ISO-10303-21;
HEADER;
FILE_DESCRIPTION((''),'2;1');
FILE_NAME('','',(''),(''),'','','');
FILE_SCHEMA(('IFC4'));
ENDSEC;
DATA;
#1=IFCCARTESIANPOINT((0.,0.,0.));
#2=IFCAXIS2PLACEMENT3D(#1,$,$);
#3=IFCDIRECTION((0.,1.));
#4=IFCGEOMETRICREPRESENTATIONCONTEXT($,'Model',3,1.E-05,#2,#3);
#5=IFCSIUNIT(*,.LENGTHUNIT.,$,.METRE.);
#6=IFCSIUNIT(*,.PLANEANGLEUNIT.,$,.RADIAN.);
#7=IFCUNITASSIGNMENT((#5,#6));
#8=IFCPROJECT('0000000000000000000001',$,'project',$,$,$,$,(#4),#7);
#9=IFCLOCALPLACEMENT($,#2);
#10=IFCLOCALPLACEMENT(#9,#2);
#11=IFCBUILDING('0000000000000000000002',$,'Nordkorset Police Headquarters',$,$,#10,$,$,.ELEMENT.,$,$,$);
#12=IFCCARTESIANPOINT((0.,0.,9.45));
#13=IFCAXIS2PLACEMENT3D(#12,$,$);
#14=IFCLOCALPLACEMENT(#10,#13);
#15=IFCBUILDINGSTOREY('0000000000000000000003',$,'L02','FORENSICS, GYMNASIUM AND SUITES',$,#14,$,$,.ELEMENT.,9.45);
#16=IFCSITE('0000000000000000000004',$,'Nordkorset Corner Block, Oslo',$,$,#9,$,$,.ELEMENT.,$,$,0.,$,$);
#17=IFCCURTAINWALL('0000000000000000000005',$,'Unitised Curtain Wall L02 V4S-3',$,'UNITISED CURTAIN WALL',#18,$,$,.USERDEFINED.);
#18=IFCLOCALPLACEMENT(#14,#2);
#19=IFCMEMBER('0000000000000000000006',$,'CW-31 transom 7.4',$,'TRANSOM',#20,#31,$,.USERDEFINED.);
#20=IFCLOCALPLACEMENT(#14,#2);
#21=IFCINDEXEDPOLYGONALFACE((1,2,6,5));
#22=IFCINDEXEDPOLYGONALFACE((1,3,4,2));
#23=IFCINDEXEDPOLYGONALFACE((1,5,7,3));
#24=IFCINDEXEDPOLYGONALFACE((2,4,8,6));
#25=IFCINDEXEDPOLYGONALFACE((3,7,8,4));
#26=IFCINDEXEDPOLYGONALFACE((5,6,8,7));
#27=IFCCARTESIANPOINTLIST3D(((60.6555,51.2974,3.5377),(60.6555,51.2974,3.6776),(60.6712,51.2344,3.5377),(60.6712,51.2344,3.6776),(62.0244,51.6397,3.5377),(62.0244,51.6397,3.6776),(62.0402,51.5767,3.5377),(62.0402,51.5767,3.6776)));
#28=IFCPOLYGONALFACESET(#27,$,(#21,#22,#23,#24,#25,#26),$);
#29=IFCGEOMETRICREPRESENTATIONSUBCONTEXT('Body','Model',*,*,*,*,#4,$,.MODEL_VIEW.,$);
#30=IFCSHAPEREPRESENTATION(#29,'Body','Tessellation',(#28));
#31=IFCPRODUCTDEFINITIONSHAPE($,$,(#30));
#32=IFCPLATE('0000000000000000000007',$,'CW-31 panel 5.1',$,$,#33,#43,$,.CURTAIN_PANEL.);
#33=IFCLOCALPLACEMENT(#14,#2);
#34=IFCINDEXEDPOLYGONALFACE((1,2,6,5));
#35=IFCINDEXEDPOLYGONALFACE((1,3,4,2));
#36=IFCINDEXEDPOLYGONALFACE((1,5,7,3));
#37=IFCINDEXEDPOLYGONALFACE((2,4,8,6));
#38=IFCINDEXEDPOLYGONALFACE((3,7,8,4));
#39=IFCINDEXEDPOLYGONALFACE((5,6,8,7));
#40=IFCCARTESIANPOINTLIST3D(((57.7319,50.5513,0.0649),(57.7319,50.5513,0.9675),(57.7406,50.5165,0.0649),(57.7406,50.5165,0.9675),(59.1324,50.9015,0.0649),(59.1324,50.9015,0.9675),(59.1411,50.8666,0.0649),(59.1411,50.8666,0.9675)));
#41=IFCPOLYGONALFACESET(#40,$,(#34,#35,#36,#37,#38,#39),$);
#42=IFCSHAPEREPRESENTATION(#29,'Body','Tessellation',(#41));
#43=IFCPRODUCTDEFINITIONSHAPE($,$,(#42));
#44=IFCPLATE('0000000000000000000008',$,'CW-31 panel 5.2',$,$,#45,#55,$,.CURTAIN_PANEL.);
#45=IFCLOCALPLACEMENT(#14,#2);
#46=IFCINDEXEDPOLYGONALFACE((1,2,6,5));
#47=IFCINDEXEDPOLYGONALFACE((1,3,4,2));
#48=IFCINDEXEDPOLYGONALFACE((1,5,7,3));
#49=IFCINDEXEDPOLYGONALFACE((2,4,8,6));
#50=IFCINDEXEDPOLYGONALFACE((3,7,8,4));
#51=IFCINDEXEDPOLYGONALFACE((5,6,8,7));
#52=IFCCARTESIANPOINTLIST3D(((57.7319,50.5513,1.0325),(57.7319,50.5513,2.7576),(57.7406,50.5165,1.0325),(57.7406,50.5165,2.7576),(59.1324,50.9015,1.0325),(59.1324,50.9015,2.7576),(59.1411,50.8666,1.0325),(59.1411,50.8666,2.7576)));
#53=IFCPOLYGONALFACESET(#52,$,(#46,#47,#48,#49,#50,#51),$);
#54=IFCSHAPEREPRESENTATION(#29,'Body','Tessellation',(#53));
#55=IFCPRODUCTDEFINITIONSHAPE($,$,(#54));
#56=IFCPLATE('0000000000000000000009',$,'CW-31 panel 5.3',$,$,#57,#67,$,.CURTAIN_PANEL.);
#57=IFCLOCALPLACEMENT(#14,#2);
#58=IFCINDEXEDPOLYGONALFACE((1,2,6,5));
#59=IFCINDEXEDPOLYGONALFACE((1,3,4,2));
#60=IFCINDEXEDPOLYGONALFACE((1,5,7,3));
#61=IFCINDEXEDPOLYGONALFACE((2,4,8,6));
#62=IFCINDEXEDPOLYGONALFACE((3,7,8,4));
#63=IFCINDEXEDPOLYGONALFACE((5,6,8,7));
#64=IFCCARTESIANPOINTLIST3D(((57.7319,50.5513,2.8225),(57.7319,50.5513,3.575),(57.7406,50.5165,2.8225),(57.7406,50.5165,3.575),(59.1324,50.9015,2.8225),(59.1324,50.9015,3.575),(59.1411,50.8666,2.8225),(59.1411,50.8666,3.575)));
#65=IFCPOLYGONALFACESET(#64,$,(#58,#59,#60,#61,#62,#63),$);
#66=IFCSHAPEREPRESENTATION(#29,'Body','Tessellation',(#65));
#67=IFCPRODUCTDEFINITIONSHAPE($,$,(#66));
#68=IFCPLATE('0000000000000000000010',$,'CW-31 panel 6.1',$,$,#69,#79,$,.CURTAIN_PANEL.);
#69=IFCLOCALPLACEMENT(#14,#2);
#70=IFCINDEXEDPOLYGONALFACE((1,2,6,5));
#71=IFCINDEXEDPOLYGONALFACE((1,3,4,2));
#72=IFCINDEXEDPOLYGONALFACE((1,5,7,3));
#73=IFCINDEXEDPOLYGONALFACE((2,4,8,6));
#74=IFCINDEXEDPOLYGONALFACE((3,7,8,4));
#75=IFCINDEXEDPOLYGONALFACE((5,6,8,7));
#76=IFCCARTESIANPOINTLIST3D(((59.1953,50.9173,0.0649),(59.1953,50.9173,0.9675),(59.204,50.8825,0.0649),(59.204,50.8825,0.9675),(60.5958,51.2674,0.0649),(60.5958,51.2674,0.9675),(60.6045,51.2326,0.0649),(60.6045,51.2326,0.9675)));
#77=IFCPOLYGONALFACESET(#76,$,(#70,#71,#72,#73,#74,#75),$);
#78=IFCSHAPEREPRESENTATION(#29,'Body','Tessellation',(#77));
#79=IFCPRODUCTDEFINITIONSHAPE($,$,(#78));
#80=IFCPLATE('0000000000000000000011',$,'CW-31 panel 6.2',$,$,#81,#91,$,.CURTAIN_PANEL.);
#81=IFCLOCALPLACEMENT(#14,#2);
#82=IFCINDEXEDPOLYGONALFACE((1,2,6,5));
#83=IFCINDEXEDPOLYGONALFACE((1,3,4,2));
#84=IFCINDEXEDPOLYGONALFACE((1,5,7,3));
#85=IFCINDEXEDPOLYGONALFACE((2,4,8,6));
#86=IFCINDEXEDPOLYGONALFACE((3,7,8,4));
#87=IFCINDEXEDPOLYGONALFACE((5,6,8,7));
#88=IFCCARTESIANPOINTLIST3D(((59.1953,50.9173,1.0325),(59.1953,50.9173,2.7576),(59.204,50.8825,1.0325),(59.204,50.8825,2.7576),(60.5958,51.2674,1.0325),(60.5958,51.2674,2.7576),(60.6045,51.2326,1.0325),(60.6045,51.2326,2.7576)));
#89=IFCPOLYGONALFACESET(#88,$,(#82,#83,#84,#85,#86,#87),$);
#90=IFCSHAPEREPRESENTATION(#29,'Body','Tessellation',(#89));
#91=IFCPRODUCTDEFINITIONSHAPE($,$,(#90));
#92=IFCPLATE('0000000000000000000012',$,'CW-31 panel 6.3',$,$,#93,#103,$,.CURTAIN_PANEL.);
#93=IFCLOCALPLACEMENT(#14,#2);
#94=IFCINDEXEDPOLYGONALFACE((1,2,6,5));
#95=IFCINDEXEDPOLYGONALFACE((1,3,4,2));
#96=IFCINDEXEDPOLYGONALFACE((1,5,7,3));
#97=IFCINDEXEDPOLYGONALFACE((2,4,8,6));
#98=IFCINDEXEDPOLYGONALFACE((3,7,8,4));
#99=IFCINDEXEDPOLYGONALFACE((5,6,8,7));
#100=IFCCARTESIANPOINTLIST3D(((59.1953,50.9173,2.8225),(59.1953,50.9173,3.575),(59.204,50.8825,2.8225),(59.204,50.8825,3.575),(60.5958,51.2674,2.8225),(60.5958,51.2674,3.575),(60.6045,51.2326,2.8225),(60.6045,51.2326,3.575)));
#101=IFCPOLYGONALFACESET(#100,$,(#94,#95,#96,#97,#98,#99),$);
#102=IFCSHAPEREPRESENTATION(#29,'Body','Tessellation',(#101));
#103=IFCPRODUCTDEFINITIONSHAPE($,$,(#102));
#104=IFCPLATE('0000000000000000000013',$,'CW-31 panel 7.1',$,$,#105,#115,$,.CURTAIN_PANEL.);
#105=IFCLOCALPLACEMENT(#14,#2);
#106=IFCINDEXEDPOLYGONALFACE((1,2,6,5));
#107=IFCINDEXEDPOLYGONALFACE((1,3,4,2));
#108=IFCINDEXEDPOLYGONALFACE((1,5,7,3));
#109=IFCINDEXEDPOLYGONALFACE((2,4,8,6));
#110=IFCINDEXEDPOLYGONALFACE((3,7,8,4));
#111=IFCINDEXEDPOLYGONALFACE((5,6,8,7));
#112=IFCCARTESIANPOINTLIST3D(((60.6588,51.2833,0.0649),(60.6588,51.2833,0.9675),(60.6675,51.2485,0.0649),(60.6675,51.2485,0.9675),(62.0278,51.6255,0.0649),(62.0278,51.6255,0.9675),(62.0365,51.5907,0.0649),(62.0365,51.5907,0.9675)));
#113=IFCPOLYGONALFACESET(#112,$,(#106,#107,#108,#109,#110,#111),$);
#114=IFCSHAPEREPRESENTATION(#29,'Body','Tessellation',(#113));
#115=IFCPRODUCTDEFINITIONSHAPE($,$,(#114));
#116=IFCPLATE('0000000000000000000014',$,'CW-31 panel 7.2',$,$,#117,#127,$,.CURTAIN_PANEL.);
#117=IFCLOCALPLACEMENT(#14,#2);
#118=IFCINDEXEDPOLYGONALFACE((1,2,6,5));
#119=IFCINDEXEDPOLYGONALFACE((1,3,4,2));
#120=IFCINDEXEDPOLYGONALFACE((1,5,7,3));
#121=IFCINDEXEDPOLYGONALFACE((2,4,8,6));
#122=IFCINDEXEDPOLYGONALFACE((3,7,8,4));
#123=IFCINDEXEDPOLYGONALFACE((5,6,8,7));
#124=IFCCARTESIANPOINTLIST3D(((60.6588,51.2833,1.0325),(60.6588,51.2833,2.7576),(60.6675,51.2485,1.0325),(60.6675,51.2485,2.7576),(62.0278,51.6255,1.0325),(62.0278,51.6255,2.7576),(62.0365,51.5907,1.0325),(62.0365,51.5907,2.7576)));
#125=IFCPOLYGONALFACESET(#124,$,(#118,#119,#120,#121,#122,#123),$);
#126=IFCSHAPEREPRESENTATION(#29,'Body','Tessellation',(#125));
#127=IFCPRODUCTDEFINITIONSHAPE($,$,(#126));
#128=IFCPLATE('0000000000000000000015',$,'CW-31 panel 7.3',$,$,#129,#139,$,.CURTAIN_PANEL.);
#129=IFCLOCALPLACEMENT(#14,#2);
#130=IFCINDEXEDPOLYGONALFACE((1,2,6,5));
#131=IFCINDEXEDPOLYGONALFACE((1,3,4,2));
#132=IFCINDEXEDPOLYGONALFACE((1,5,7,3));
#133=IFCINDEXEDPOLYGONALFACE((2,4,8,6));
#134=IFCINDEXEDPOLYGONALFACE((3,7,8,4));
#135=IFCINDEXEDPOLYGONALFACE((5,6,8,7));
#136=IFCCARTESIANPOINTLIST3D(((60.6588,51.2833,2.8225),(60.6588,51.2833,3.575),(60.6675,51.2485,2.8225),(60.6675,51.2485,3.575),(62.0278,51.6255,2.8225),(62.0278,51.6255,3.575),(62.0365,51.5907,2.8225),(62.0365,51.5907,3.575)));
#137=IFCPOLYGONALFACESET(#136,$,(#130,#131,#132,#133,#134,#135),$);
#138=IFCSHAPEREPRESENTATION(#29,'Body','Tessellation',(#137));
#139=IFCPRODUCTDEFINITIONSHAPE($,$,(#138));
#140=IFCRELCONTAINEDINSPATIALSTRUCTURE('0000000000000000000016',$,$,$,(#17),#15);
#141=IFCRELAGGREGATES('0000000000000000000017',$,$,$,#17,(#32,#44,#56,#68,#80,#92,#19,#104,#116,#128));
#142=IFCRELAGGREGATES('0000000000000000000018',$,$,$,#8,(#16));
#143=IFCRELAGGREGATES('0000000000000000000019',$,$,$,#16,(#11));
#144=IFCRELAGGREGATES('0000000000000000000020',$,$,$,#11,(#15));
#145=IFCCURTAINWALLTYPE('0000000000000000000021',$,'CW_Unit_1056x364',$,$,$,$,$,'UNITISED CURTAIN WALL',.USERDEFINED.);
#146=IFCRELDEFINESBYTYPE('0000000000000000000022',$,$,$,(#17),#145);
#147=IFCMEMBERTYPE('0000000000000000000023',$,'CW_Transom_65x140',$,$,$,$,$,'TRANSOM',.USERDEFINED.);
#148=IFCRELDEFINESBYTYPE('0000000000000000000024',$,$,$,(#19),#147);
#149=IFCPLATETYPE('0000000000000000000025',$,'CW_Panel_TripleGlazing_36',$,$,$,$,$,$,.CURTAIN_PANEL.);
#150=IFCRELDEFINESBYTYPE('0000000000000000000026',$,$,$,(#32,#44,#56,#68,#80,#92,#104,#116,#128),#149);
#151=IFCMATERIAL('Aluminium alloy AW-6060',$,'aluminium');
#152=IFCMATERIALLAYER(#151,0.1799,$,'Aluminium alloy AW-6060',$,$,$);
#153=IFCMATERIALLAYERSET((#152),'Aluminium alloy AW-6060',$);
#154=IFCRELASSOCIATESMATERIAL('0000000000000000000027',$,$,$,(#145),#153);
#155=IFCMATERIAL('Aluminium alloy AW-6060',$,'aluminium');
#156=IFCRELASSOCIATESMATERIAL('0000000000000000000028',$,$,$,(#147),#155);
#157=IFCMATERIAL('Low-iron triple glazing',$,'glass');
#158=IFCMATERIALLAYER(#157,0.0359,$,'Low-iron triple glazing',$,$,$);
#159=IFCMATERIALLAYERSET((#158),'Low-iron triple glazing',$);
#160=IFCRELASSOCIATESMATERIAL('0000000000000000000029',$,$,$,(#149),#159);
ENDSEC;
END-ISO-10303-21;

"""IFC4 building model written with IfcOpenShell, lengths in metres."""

from ifc_helpers import new_model, si_unit, direction, frame, origin, origin_2d, place, context, subcontext, project, spatial, rectangle, extrude, material, layer, layer_set, material_profile, profile_set, type_object, element, aggregate, save


model = new_model("IFC4")

# Units and contexts
model_context = context("Model", 3, precision=1e-05, world=origin(), true_north=direction((0.0, 1.0)))
body_context = subcontext(model_context, "Body", "Model", "MODEL_VIEW")
ifc_project = project(units=[si_unit("LENGTHUNIT", "METRE"), si_unit("PLANEANGLEUNIT", "RADIAN")], contexts=[model_context])

# Site, building, storey
site_placement = place(None, origin())
site = spatial("IfcSite", under=ifc_project, at=site_placement, Name="Nordkorset Corner Block, Oslo", CompositionType="ELEMENT", RefElevation=0.0)
building_placement = place(site_placement, origin())
building = spatial("IfcBuilding", under=site, at=building_placement, Name="Nordkorset Police Headquarters", CompositionType="ELEMENT")
storey_placement = place(building_placement, frame((0.0, 0.0, 9.45)))
storey = spatial("IfcBuildingStorey", under=building, at=storey_placement, Name="L02", Description="FORENSICS, GYMNASIUM AND SUITES", CompositionType="ELEMENT", Elevation=9.45)

# Curtain wall, member, plates
ifc_material_1 = material(Name="Aluminium alloy AW-6060", Category="aluminium")
ifc_layer_1 = layer(ifc_material_1, 0.1799, Name="Aluminium alloy AW-6060")
ifc_layer_set_1 = layer_set([ifc_layer_1], Name="Aluminium alloy AW-6060")
curtain_wall_type = type_object("IfcCurtainWallType", Name="CW_Unit_1056x364", ElementType="UNITISED CURTAIN WALL", PredefinedType="USERDEFINED", material=ifc_layer_set_1)
curtain_wall_placement = place(storey_placement, origin())
curtain_wall = element("IfcCurtainWall", 1, at=curtain_wall_placement, inside=storey, type_object=curtain_wall_type, Name="Unitised Curtain Wall L02 V4S-3", ObjectType="UNITISED CURTAIN WALL", PredefinedType="USERDEFINED")
ifc_material_2 = material(Name="Aluminium alloy AW-6060", Category="aluminium")
ifc_material_profile_1 = material_profile(ifc_material_2, rectangle(XDim=0.0649, YDim=0.1399, at=origin_2d()), Name="ALU TRAN 65x140")
ifc_profile_set_1 = profile_set([ifc_material_profile_1], Name="Aluminium alloy AW-6060")
member_type_1 = type_object("IfcMemberType", Name="CW_Transom_65x140", ElementType="TRANSOM", PredefinedType="USERDEFINED", material=ifc_profile_set_1)
member_1_placement = place(storey_placement, frame((60.6633, 51.2659, 3.6077), z_axis=(0.970132, 0.242576, 0.0), x_axis=(-0.242576, 0.970132, 0.0)))
member_1 = element("IfcMember", 2, at=member_1_placement, type_object=member_type_1, Name="CW-31 transom 7.4", ObjectType="TRANSOM", PredefinedType="USERDEFINED", context=body_context, shape_type="SweptSolid", body=[
    extrude(rectangle(XDim=0.0649, YDim=0.1399, at=origin_2d()), origin(), (0.0, 0.0, 1.0), 1.4111),
])
ifc_material_3 = material(Name="Low-iron triple glazing", Category="glass")
ifc_layer_2 = layer(ifc_material_3, 0.0359, Name="Low-iron triple glazing")
ifc_layer_set_2 = layer_set([ifc_layer_2], Name="Low-iron triple glazing")
plate_type = type_object("IfcPlateType", Name="CW_Panel_TripleGlazing_36", PredefinedType="CURTAIN_PANEL", material=ifc_layer_set_2)
plate_1_placement = place(storey_placement, frame((58.4365, 50.709, 0.0649), z_axis=(0.0, 0.0, 1.0), x_axis=(0.970143, 0.242535, 0.0)))
plate_1 = element("IfcPlate", 3, at=plate_1_placement, type_object=plate_type, Name="CW-31 panel 5.1", PredefinedType="CURTAIN_PANEL", context=body_context, shape_type="SweptSolid", body=[
    extrude(rectangle(XDim=1.4436, YDim=0.0359, at=origin_2d()), origin(), (0.0, 0.0, 1.0), 0.9026),
])
plate_2_placement = place(storey_placement, frame((58.4365, 50.709, 1.0325), z_axis=(0.0, 0.0, 1.0), x_axis=(0.970143, 0.242535, 0.0)))
plate_2 = element("IfcPlate", 4, at=plate_2_placement, type_object=plate_type, Name="CW-31 panel 5.2", PredefinedType="CURTAIN_PANEL", context=body_context, shape_type="SweptSolid", body=[
    extrude(rectangle(XDim=1.4436, YDim=0.0359, at=origin_2d()), origin(), (0.0, 0.0, 1.0), 1.7251),
])
plate_3_placement = place(storey_placement, frame((58.4365, 50.709, 2.8225), z_axis=(0.0, 0.0, 1.0), x_axis=(0.970143, 0.242535, 0.0)))
plate_3 = element("IfcPlate", 5, at=plate_3_placement, type_object=plate_type, Name="CW-31 panel 5.3", PredefinedType="CURTAIN_PANEL", context=body_context, shape_type="SweptSolid", body=[
    extrude(rectangle(XDim=1.4436, YDim=0.0359, at=origin_2d()), origin(), (0.0, 0.0, 1.0), 0.7524),
])
plate_4_placement = place(storey_placement, frame((59.8999, 51.075, 0.0649), z_axis=(0.0, 0.0, 1.0), x_axis=(0.970143, 0.242535, 0.0)))
plate_4 = element("IfcPlate", 6, at=plate_4_placement, type_object=plate_type, Name="CW-31 panel 6.1", PredefinedType="CURTAIN_PANEL", context=body_context, shape_type="SweptSolid", body=[
    extrude(rectangle(XDim=1.4436, YDim=0.0359, at=origin_2d()), origin(), (0.0, 0.0, 1.0), 0.9026),
])
plate_5_placement = place(storey_placement, frame((59.8999, 51.075, 1.0325), z_axis=(0.0, 0.0, 1.0), x_axis=(0.970143, 0.242535, 0.0)))
plate_5 = element("IfcPlate", 7, at=plate_5_placement, type_object=plate_type, Name="CW-31 panel 6.2", PredefinedType="CURTAIN_PANEL", context=body_context, shape_type="SweptSolid", body=[
    extrude(rectangle(XDim=1.4436, YDim=0.0359, at=origin_2d()), origin(), (0.0, 0.0, 1.0), 1.7251),
])
plate_6_placement = place(storey_placement, frame((59.8999, 51.075, 2.8225), z_axis=(0.0, 0.0, 1.0), x_axis=(0.970143, 0.242535, 0.0)))
plate_6 = element("IfcPlate", 8, at=plate_6_placement, type_object=plate_type, Name="CW-31 panel 6.3", PredefinedType="CURTAIN_PANEL", context=body_context, shape_type="SweptSolid", body=[
    extrude(rectangle(XDim=1.4436, YDim=0.0359, at=origin_2d()), origin(), (0.0, 0.0, 1.0), 0.7524),
])
plate_7_placement = place(storey_placement, frame((61.3477, 51.437, 0.0649), z_axis=(0.0, 0.0, 1.0), x_axis=(0.970143, 0.242535, 0.0)))
plate_7 = element("IfcPlate", 9, at=plate_7_placement, type_object=plate_type, Name="CW-31 panel 7.1", PredefinedType="CURTAIN_PANEL", context=body_context, shape_type="SweptSolid", body=[
    extrude(rectangle(XDim=1.4111, YDim=0.0359, at=origin_2d()), origin(), (0.0, 0.0, 1.0), 0.9026),
])
plate_8_placement = place(storey_placement, frame((61.3477, 51.437, 1.0325), z_axis=(0.0, 0.0, 1.0), x_axis=(0.970143, 0.242535, 0.0)))
plate_8 = element("IfcPlate", 10, at=plate_8_placement, type_object=plate_type, Name="CW-31 panel 7.2", PredefinedType="CURTAIN_PANEL", context=body_context, shape_type="SweptSolid", body=[
    extrude(rectangle(XDim=1.4111, YDim=0.0359, at=origin_2d()), origin(), (0.0, 0.0, 1.0), 1.7251),
])
plate_9_placement = place(storey_placement, frame((61.3477, 51.437, 2.8225), z_axis=(0.0, 0.0, 1.0), x_axis=(0.970143, 0.242535, 0.0)))
plate_9 = element("IfcPlate", 11, at=plate_9_placement, type_object=plate_type, Name="CW-31 panel 7.3", PredefinedType="CURTAIN_PANEL", context=body_context, shape_type="SweptSolid", body=[
    extrude(rectangle(XDim=1.4111, YDim=0.0359, at=origin_2d()), origin(), (0.0, 0.0, 1.0), 0.7524),
])
aggregate(curtain_wall, [plate_1, plate_2, plate_3, plate_4, plate_5, plate_6, member_1, plate_7, plate_8, plate_9])

save(model, "model.ifc")
